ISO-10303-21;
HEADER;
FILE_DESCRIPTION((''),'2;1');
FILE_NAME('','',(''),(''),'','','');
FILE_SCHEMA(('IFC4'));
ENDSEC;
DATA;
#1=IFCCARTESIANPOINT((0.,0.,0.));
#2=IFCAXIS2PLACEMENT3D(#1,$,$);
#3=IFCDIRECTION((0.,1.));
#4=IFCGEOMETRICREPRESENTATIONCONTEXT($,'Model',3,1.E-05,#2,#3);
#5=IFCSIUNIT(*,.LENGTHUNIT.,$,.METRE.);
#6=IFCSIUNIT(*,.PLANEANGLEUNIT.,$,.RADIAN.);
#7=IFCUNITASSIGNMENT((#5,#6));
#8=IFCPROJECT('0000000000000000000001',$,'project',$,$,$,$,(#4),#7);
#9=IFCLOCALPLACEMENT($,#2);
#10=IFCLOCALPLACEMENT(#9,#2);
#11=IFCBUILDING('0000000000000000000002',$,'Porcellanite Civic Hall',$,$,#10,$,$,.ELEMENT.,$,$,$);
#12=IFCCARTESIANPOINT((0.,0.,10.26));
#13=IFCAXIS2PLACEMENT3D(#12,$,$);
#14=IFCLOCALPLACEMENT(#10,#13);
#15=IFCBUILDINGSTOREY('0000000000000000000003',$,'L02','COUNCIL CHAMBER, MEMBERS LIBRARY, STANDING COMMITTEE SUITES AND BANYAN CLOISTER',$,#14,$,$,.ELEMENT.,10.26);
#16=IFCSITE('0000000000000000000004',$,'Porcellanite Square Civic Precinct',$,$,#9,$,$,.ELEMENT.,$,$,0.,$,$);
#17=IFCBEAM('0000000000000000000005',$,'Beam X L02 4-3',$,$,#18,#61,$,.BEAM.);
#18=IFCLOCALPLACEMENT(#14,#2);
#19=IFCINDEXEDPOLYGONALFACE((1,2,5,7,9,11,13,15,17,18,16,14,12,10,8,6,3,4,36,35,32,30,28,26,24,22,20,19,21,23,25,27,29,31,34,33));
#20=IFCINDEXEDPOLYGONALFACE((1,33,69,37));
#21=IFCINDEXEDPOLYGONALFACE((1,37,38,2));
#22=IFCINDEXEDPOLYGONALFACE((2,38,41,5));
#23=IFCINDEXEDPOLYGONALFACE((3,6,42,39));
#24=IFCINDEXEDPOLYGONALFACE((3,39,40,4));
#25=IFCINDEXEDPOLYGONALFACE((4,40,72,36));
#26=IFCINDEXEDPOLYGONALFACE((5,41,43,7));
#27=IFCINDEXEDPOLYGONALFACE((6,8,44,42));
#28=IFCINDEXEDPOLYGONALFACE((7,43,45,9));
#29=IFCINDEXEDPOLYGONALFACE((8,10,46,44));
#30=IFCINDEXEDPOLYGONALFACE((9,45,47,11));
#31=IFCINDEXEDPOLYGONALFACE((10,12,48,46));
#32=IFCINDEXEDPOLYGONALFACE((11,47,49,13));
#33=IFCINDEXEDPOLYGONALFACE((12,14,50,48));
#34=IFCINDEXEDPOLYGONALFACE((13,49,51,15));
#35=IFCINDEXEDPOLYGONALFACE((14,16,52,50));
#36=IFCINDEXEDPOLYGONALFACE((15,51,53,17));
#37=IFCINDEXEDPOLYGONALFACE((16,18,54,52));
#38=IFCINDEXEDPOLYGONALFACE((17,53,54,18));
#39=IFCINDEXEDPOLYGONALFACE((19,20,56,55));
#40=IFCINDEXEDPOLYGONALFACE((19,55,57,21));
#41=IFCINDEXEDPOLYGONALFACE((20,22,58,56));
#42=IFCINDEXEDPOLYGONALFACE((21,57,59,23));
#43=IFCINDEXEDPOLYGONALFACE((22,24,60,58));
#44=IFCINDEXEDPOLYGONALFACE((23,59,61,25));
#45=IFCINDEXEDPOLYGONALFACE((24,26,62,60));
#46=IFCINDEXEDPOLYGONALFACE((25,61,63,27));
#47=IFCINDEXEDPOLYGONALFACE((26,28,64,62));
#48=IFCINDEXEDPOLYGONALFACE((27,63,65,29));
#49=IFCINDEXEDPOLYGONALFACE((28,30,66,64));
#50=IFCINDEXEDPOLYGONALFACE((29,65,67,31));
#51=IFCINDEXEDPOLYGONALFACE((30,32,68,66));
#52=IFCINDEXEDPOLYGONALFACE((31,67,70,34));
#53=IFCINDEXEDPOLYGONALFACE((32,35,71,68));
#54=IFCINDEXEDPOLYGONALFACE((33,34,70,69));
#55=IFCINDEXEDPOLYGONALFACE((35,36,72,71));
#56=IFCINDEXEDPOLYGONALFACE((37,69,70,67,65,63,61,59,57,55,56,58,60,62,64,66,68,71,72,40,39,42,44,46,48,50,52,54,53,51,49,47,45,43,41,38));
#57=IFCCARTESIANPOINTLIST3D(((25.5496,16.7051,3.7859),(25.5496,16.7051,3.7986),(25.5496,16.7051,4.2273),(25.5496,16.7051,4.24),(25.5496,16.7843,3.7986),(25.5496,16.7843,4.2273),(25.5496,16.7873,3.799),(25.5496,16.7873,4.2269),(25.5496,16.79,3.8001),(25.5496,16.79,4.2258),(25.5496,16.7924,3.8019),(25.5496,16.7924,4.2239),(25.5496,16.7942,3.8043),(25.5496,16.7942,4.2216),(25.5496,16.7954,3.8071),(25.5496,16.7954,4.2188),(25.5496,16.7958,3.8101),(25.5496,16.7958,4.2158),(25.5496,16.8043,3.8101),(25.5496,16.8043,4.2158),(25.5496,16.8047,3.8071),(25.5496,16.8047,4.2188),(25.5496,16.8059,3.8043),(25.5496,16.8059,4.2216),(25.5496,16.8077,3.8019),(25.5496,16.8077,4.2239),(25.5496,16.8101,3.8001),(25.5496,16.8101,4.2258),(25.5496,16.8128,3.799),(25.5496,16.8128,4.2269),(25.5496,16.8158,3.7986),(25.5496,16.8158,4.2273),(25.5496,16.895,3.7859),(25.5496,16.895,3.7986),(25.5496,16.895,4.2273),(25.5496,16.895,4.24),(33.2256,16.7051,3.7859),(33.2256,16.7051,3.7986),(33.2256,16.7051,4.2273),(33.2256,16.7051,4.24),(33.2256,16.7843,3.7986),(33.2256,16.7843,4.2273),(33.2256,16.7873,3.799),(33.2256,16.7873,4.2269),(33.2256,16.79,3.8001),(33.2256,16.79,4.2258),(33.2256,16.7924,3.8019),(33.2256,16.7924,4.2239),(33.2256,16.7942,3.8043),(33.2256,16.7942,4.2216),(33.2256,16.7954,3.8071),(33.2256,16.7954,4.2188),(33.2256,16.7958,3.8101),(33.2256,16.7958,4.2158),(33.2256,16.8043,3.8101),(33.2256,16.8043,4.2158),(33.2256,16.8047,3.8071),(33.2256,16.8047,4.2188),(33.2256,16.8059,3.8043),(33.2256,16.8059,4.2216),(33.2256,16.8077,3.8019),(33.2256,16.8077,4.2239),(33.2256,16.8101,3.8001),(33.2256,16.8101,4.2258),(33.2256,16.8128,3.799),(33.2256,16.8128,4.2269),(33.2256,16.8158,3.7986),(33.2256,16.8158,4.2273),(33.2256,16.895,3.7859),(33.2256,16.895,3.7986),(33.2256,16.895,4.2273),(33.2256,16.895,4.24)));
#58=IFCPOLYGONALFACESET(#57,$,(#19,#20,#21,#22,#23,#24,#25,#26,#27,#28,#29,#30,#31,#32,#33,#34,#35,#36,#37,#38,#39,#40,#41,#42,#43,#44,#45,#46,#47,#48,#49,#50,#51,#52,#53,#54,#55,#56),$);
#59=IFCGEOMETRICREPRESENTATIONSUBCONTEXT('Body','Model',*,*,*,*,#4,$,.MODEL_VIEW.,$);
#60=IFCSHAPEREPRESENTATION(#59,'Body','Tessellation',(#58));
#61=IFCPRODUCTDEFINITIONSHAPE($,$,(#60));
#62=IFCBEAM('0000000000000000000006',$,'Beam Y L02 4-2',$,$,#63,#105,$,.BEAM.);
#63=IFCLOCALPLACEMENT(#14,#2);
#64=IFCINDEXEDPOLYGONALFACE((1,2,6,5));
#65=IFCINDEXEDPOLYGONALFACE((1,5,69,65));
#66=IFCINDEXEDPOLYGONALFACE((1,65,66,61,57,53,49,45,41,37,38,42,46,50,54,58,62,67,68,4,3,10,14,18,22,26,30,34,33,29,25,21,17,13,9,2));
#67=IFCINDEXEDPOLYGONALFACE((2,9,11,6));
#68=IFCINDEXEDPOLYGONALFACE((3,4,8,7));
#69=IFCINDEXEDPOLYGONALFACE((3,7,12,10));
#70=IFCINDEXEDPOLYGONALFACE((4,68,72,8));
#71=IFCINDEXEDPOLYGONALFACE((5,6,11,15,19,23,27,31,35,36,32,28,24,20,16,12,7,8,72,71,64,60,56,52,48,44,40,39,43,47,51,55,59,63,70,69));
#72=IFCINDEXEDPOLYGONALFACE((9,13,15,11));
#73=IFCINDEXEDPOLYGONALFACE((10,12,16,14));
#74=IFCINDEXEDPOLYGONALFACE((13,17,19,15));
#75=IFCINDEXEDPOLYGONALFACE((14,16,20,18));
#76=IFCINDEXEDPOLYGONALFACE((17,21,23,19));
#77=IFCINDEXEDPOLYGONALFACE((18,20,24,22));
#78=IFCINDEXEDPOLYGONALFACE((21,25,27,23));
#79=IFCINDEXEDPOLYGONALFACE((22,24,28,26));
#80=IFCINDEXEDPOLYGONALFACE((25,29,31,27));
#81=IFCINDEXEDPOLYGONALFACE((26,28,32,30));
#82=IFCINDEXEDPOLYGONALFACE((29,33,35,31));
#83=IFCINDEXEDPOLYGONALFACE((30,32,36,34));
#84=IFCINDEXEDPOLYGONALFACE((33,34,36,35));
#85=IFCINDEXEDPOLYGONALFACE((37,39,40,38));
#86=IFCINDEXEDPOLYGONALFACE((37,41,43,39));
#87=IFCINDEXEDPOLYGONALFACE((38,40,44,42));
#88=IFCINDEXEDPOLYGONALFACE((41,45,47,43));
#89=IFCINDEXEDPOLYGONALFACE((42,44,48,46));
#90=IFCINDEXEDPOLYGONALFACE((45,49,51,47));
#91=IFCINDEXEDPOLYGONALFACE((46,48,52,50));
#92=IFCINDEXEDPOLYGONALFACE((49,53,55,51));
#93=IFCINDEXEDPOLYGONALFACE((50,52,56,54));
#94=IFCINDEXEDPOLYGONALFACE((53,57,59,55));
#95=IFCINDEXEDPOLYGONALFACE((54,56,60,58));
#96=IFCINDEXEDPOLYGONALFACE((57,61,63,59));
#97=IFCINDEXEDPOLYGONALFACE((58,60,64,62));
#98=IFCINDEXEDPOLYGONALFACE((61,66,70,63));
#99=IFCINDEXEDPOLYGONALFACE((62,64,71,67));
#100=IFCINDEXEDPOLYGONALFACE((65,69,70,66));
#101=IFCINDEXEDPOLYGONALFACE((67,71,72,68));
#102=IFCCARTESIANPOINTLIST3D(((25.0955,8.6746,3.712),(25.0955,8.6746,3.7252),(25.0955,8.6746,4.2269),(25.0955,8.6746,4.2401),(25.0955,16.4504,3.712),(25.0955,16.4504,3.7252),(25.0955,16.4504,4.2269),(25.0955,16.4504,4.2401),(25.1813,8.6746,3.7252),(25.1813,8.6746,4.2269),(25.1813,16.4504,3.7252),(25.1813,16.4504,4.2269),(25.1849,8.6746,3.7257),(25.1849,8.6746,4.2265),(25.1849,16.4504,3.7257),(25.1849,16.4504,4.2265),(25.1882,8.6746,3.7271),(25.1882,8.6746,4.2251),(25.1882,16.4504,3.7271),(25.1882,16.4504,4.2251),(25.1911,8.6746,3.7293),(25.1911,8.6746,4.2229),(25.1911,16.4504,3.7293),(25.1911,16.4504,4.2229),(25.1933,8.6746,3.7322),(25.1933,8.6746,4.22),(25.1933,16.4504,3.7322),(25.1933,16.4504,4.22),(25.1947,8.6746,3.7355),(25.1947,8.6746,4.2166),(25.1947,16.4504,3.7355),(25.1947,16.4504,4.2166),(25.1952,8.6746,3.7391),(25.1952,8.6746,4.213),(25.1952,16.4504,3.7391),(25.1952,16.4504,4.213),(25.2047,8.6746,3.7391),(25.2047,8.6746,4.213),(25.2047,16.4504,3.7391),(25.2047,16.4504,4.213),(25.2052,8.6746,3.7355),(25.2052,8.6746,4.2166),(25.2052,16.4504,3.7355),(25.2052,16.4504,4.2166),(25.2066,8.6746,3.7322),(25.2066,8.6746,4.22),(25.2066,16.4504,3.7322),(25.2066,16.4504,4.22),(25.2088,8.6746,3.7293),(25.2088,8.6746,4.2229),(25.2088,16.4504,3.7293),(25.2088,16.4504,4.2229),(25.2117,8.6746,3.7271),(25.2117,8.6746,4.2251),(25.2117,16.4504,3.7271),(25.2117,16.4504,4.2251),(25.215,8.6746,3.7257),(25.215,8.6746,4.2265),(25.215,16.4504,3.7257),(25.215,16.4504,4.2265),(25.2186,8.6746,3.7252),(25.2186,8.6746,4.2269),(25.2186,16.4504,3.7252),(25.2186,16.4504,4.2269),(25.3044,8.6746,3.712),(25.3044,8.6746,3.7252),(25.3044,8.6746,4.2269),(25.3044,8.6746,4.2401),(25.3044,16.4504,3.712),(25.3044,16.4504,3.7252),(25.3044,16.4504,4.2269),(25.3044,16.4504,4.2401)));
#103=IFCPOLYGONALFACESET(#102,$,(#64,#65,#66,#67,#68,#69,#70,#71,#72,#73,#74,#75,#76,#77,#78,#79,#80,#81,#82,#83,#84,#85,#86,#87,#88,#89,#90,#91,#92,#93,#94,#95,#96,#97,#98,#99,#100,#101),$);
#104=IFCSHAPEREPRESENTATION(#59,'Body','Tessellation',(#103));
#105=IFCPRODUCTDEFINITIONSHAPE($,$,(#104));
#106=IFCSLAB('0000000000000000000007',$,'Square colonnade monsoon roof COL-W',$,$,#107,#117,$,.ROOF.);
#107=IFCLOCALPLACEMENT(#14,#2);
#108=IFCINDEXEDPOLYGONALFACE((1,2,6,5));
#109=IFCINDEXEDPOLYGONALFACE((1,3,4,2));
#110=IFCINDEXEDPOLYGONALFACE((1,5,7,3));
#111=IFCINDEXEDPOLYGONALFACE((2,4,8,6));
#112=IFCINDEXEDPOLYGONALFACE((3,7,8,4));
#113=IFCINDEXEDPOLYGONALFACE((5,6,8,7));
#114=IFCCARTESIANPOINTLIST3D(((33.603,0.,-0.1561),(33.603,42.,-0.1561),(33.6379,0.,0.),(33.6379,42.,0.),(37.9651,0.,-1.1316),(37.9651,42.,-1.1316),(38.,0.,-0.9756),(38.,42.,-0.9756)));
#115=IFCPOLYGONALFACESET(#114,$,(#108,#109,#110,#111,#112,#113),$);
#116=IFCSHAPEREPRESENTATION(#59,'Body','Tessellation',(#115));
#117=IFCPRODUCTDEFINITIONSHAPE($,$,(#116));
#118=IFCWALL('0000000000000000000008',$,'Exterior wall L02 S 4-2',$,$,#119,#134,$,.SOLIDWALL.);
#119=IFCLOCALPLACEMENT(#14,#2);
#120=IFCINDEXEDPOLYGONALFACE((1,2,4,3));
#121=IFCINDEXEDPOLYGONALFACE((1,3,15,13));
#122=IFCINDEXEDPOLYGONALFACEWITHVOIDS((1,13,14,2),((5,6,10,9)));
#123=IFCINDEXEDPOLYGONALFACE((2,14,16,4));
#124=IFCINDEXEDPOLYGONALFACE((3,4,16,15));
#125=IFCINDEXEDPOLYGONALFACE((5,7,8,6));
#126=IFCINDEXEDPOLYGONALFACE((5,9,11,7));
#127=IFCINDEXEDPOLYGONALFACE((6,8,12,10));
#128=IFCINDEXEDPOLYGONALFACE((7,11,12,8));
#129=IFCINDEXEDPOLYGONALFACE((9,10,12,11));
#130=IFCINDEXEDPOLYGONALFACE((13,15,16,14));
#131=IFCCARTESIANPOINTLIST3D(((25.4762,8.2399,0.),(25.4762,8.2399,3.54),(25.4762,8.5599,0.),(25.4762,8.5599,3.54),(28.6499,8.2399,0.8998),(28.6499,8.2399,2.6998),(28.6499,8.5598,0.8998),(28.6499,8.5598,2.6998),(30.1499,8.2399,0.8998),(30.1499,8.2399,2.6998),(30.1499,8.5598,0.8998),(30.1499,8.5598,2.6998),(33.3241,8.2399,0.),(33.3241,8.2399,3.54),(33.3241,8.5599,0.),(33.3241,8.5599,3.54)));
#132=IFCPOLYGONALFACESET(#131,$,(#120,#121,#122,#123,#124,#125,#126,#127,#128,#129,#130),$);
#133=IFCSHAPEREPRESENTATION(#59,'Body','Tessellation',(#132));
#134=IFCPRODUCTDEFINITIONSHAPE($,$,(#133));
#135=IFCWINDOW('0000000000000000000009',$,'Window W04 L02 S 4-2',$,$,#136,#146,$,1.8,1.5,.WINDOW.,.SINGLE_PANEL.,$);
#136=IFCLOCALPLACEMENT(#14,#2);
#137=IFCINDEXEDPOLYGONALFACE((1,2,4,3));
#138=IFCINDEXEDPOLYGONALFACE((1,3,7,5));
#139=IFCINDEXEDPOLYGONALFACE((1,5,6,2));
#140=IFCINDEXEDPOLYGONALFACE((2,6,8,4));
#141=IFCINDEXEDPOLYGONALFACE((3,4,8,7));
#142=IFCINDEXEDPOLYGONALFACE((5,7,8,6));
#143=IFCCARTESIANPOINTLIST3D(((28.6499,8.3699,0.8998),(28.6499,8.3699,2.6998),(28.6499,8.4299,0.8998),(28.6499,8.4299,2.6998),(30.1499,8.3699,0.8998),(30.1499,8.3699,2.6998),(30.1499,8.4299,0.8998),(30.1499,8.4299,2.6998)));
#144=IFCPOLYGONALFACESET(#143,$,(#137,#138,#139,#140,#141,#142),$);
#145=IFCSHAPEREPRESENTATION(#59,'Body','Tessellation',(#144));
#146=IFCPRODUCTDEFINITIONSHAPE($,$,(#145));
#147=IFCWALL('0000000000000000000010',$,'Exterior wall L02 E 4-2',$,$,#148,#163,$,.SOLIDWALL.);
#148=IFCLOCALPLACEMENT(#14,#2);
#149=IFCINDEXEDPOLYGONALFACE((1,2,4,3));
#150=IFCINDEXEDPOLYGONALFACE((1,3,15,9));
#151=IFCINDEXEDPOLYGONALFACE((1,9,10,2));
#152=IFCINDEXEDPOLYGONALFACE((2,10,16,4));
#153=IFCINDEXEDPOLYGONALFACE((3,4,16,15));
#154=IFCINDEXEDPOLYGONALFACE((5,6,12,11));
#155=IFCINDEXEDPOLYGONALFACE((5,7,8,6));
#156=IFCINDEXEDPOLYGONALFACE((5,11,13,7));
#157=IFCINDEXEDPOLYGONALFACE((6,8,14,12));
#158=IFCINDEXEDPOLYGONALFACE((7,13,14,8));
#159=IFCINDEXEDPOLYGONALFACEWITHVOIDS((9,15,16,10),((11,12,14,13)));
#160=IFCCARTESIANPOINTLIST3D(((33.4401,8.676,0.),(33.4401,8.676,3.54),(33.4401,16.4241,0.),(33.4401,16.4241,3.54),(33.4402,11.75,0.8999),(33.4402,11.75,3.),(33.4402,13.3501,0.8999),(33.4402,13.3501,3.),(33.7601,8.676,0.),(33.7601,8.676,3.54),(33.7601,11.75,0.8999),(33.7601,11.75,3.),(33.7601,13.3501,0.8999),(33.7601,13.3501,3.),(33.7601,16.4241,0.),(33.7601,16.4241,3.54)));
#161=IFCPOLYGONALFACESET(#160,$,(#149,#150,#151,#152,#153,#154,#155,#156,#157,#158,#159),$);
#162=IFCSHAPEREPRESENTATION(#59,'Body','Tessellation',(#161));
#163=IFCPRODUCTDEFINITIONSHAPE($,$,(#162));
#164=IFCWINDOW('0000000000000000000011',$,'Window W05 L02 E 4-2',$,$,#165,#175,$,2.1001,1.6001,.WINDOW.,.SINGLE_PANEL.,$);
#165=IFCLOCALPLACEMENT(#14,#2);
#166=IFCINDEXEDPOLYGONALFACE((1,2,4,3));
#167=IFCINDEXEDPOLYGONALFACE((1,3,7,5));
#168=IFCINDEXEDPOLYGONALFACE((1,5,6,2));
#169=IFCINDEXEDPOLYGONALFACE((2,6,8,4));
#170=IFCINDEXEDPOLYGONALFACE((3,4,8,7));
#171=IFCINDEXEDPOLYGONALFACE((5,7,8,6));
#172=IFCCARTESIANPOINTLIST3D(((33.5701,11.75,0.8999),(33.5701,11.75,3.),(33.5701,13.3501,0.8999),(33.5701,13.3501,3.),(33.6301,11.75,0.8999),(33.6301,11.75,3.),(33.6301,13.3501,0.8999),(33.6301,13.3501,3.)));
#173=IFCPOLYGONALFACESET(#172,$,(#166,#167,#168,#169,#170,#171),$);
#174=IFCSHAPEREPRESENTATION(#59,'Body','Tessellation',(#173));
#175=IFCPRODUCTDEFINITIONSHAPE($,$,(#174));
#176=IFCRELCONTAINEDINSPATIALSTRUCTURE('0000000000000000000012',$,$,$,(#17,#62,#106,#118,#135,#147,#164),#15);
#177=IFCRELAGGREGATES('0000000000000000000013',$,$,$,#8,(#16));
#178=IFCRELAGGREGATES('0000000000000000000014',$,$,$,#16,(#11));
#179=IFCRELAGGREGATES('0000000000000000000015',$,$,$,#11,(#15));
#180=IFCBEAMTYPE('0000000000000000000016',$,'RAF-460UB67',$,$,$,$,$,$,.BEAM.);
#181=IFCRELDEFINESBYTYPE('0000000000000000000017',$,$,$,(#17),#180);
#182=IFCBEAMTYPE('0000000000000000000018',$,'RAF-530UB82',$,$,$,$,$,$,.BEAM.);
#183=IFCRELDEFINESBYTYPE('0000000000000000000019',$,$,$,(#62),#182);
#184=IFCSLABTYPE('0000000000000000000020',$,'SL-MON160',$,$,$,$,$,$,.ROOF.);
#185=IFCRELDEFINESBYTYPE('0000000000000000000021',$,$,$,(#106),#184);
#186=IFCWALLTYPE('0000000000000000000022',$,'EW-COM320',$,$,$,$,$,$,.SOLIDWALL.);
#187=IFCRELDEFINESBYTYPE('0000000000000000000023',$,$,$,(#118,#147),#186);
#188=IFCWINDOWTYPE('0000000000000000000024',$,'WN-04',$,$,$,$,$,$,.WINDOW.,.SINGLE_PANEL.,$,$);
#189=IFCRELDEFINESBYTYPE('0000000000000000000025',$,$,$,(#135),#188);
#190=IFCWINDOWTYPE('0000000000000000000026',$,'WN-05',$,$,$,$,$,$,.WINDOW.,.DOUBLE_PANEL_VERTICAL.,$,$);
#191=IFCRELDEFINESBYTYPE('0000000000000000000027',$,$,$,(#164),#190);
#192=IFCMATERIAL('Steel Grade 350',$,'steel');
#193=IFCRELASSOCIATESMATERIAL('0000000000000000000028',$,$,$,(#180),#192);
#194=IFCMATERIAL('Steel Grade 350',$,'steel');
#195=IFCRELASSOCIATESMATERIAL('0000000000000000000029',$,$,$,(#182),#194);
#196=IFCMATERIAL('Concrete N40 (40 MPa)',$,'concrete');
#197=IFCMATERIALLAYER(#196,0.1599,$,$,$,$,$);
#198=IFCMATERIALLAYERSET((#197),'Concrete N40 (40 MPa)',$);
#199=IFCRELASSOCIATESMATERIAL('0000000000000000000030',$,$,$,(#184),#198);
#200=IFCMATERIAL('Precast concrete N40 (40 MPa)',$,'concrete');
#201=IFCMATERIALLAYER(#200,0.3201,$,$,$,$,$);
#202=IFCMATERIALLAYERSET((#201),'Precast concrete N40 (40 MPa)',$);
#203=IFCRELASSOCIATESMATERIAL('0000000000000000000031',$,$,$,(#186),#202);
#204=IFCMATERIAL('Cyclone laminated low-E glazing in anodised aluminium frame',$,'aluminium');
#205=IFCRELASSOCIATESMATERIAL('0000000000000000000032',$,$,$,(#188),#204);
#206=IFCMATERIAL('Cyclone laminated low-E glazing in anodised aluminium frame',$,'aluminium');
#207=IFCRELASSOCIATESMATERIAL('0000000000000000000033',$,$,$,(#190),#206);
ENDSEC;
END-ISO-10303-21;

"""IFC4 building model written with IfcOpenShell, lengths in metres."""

from ifc_helpers import new_model, si_unit, direction, frame, frame_2d, origin, origin_2d, place, context, subcontext, project, spatial, polyline, rectangle, i_section, outline, extrude, material, layer, layer_set, material_profile, profile_set, type_object, element, fill, save


model = new_model("IFC4")

# Units and contexts
model_context = context("Model", 3, precision=1e-05, world=origin(), true_north=direction((0.0, 1.0)))
body_context = subcontext(model_context, "Body", "Model", "MODEL_VIEW")
ifc_project = project(units=[si_unit("LENGTHUNIT", "METRE"), si_unit("PLANEANGLEUNIT", "RADIAN")], contexts=[model_context])

# Site, building, storey
site_placement = place(None, origin())
site = spatial("IfcSite", under=ifc_project, at=site_placement, Name="Porcellanite Square Civic Precinct", CompositionType="ELEMENT", RefElevation=0.0)
building_placement = place(site_placement, origin())
building = spatial("IfcBuilding", under=site, at=building_placement, Name="Porcellanite Civic Hall", CompositionType="ELEMENT")
storey_placement = place(building_placement, frame((0.0, 0.0, 10.26)))
storey = spatial("IfcBuildingStorey", under=building, at=storey_placement, Name="L02", Description="COUNCIL CHAMBER, MEMBERS LIBRARY, STANDING COMMITTEE SUITES AND BANYAN CLOISTER", CompositionType="ELEMENT", Elevation=10.26)

# Beams
ifc_material_1 = material(Name="Steel Grade 350", Category="steel")
ifc_material_profile_1 = material_profile(ifc_material_1, i_section(OverallWidth=0.1899, OverallDepth=0.4541, WebThickness=0.0085, FlangeThickness=0.0127, FilletRadius=0.0115, at=origin_2d()), Name="460UB67.1")
ifc_profile_set_1 = profile_set([ifc_material_profile_1], Name="Steel Grade 350")
beam_type_1 = type_object("IfcBeamType", Name="RAF-460UB67", PredefinedType="BEAM", material=ifc_profile_set_1)
for number, where, z_axis, x_axis, name in (
    (1, (25.5496, 16.8, 4.0129), (1.0, 0.0, 0.0), (0.0, 1.0, 0.0), "Beam X L02 4-3"),
):
    element("IfcBeam", number, at=place(storey_placement, frame(where, z_axis=z_axis, x_axis=x_axis)), inside=storey, type_object=beam_type_1, Name=name, PredefinedType="BEAM", context=body_context, shape_type="SweptSolid", body=[
        extrude(i_section(OverallWidth=0.1899, OverallDepth=0.4541, WebThickness=0.0085, FlangeThickness=0.0127, FilletRadius=0.0115, at=origin_2d()), origin(), (0.0, 0.0, 1.0), 7.676),
    ])
ifc_material_2 = material(Name="Steel Grade 350", Category="steel")
ifc_material_profile_2 = material_profile(ifc_material_2, i_section(OverallWidth=0.209, OverallDepth=0.5281, WebThickness=0.0095, FlangeThickness=0.0132, FilletRadius=0.0139, at=origin_2d()), Name="530UB82.0")
ifc_profile_set_2 = profile_set([ifc_material_profile_2], Name="Steel Grade 350")
beam_type_2 = type_object("IfcBeamType", Name="RAF-530UB82", PredefinedType="BEAM", material=ifc_profile_set_2)
beam_1_placement = place(storey_placement, frame((25.2, 8.6746, 3.9761), z_axis=(0.0, 1.0, 0.0), x_axis=(-1.0, 0.0, 0.0)))
element("IfcBeam", 2, at=beam_1_placement, inside=storey, type_object=beam_type_2, Name="Beam Y L02 4-2", PredefinedType="BEAM", context=body_context, shape_type="SweptSolid", body=[
    extrude(i_section(OverallWidth=0.209, OverallDepth=0.5281, WebThickness=0.0095, FlangeThickness=0.0132, FilletRadius=0.0139, at=origin_2d()), origin(), (0.0, 0.0, 1.0), 7.7759),
])

# Slab
ifc_material_3 = material(Name="Concrete N40 (40 MPa)", Category="concrete")
ifc_layer_1 = layer(ifc_material_3, 0.1599)
ifc_layer_set_1 = layer_set([ifc_layer_1], Name="Concrete N40 (40 MPa)")
slab_type = type_object("IfcSlabType", Name="SL-MON160", PredefinedType="ROOF", material=ifc_layer_set_1)
slab_placement = place(storey_placement, frame((33.6379, 0.0, 0.0), z_axis=(0.21826, 0.0, 0.975891), x_axis=(0.975891, 0.0, -0.21826)))
element("IfcSlab", 3, at=slab_placement, inside=storey, type_object=slab_type, Name="Square colonnade monsoon roof COL-W", PredefinedType="ROOF", context=body_context, shape_type="SweptSolid", body=[
    extrude(outline(polyline([(0.0, 0.0), (4.4698, 0.0), (4.4698, 42.0), (0.0, 42.0), (0.0, 0.0)])), origin(), (0.0, 0.0, -1.0), 0.1599),
])

# Shared definitions
ifc_material_4 = material(Name="Precast concrete N40 (40 MPa)", Category="concrete")
ifc_layer_2 = layer(ifc_material_4, 0.3201)
ifc_layer_set_2 = layer_set([ifc_layer_2], Name="Precast concrete N40 (40 MPa)")
wall_type_1 = type_object("IfcWallType", Name="EW-COM320", PredefinedType="SOLIDWALL", material=ifc_layer_set_2)

# Walls, openings, windows
wall_1_placement = place(storey_placement, frame((33.324, 8.3999, 0.0), z_axis=(0.0, 0.0, 1.0), x_axis=(-1.0, 0.0, 0.0)))
wall_1 = element("IfcWall", 4, at=wall_1_placement, inside=storey, type_object=wall_type_1, Name="Exterior wall L02 S 4-2", PredefinedType="SOLIDWALL", context=body_context, shape_type="SweptSolid", body=[
    extrude(rectangle(XDim=7.8479, YDim=0.3201, at=frame_2d((3.9238, 0.0))), origin(), (0.0, 0.0, 1.0), 3.54),
])
opening_1_placement = place(wall_1_placement, frame((3.1741, 0.0, 0.8999)))
opening_1 = element("IfcOpeningElement", 5, at=opening_1_placement, cuts=wall_1, PredefinedType="OPENING", context=body_context, shape_type="SweptSolid", body=[
    extrude(rectangle(XDim=1.5, YDim=1.8, at=frame_2d((0.75, 0.8999))), frame((0.0, 0.1602, 0.0), z_axis=(0.0, -1.0, 0.0), x_axis=(1.0, 0.0, 0.0)), (0.0, 0.0, 1.0), 0.3201),
])
ifc_material_5 = material(Name="Cyclone laminated low-E glazing in anodised aluminium frame", Category="aluminium")
window_type_1 = type_object("IfcWindowType", Name="WN-04", PartitioningType="SINGLE_PANEL", PredefinedType="WINDOW", material=ifc_material_5)
window_1_placement = place(opening_1_placement, origin())
window_1 = element("IfcWindow", 6, at=window_1_placement, inside=storey, type_object=window_type_1, Name="Window W04 L02 S 4-2", OverallHeight=1.8, OverallWidth=1.5, PartitioningType="SINGLE_PANEL", PredefinedType="WINDOW", context=body_context, shape_type="SweptSolid", body=[
    extrude(rectangle(XDim=1.5, YDim=1.8, at=frame_2d((0.75, 0.8999))), frame((0.0, 0.03, 0.0), z_axis=(0.0, -1.0, 0.0), x_axis=(1.0, 0.0, 0.0)), (0.0, 0.0, 1.0), 0.0601),
])
fill(opening_1, window_1)
wall_2_placement = place(storey_placement, frame((33.6001, 16.4241, 0.0), z_axis=(0.0, 0.0, 1.0), x_axis=(0.0, -1.0, 0.0)))
wall_2 = element("IfcWall", 7, at=wall_2_placement, inside=storey, type_object=wall_type_1, Name="Exterior wall L02 E 4-2", PredefinedType="SOLIDWALL", context=body_context, shape_type="SweptSolid", body=[
    extrude(rectangle(XDim=7.748, YDim=0.3201, at=frame_2d((3.874, 0.0))), origin(), (0.0, 0.0, 1.0), 3.54),
])
opening_2_placement = place(wall_2_placement, frame((3.074, 0.0, 0.8999)))
opening_2 = element("IfcOpeningElement", 8, at=opening_2_placement, cuts=wall_2, PredefinedType="OPENING", context=body_context, shape_type="SweptSolid", body=[
    extrude(rectangle(XDim=1.6001, YDim=2.1001, at=frame_2d((0.8, 1.05))), frame((0.0, 0.1602, 0.0), z_axis=(0.0, -1.0, 0.0), x_axis=(1.0, 0.0, 0.0)), (0.0, 0.0, 1.0), 0.3201),
])
ifc_material_6 = material(Name="Cyclone laminated low-E glazing in anodised aluminium frame", Category="aluminium")
window_type_2 = type_object("IfcWindowType", Name="WN-05", PartitioningType="DOUBLE_PANEL_VERTICAL", PredefinedType="WINDOW", material=ifc_material_6)
window_2_placement = place(opening_2_placement, origin())
window_2 = element("IfcWindow", 9, at=window_2_placement, inside=storey, type_object=window_type_2, Name="Window W05 L02 E 4-2", OverallHeight=2.1001, OverallWidth=1.6001, PartitioningType="SINGLE_PANEL", PredefinedType="WINDOW", context=body_context, shape_type="SweptSolid", body=[
    extrude(rectangle(XDim=1.6001, YDim=2.1001, at=frame_2d((0.8, 1.05))), frame((0.0, 0.03, 0.0), z_axis=(0.0, -1.0, 0.0), x_axis=(1.0, 0.0, 0.0)), (0.0, 0.0, 1.0), 0.0601),
])
fill(opening_2, window_2)

save(model, "model.ifc")
